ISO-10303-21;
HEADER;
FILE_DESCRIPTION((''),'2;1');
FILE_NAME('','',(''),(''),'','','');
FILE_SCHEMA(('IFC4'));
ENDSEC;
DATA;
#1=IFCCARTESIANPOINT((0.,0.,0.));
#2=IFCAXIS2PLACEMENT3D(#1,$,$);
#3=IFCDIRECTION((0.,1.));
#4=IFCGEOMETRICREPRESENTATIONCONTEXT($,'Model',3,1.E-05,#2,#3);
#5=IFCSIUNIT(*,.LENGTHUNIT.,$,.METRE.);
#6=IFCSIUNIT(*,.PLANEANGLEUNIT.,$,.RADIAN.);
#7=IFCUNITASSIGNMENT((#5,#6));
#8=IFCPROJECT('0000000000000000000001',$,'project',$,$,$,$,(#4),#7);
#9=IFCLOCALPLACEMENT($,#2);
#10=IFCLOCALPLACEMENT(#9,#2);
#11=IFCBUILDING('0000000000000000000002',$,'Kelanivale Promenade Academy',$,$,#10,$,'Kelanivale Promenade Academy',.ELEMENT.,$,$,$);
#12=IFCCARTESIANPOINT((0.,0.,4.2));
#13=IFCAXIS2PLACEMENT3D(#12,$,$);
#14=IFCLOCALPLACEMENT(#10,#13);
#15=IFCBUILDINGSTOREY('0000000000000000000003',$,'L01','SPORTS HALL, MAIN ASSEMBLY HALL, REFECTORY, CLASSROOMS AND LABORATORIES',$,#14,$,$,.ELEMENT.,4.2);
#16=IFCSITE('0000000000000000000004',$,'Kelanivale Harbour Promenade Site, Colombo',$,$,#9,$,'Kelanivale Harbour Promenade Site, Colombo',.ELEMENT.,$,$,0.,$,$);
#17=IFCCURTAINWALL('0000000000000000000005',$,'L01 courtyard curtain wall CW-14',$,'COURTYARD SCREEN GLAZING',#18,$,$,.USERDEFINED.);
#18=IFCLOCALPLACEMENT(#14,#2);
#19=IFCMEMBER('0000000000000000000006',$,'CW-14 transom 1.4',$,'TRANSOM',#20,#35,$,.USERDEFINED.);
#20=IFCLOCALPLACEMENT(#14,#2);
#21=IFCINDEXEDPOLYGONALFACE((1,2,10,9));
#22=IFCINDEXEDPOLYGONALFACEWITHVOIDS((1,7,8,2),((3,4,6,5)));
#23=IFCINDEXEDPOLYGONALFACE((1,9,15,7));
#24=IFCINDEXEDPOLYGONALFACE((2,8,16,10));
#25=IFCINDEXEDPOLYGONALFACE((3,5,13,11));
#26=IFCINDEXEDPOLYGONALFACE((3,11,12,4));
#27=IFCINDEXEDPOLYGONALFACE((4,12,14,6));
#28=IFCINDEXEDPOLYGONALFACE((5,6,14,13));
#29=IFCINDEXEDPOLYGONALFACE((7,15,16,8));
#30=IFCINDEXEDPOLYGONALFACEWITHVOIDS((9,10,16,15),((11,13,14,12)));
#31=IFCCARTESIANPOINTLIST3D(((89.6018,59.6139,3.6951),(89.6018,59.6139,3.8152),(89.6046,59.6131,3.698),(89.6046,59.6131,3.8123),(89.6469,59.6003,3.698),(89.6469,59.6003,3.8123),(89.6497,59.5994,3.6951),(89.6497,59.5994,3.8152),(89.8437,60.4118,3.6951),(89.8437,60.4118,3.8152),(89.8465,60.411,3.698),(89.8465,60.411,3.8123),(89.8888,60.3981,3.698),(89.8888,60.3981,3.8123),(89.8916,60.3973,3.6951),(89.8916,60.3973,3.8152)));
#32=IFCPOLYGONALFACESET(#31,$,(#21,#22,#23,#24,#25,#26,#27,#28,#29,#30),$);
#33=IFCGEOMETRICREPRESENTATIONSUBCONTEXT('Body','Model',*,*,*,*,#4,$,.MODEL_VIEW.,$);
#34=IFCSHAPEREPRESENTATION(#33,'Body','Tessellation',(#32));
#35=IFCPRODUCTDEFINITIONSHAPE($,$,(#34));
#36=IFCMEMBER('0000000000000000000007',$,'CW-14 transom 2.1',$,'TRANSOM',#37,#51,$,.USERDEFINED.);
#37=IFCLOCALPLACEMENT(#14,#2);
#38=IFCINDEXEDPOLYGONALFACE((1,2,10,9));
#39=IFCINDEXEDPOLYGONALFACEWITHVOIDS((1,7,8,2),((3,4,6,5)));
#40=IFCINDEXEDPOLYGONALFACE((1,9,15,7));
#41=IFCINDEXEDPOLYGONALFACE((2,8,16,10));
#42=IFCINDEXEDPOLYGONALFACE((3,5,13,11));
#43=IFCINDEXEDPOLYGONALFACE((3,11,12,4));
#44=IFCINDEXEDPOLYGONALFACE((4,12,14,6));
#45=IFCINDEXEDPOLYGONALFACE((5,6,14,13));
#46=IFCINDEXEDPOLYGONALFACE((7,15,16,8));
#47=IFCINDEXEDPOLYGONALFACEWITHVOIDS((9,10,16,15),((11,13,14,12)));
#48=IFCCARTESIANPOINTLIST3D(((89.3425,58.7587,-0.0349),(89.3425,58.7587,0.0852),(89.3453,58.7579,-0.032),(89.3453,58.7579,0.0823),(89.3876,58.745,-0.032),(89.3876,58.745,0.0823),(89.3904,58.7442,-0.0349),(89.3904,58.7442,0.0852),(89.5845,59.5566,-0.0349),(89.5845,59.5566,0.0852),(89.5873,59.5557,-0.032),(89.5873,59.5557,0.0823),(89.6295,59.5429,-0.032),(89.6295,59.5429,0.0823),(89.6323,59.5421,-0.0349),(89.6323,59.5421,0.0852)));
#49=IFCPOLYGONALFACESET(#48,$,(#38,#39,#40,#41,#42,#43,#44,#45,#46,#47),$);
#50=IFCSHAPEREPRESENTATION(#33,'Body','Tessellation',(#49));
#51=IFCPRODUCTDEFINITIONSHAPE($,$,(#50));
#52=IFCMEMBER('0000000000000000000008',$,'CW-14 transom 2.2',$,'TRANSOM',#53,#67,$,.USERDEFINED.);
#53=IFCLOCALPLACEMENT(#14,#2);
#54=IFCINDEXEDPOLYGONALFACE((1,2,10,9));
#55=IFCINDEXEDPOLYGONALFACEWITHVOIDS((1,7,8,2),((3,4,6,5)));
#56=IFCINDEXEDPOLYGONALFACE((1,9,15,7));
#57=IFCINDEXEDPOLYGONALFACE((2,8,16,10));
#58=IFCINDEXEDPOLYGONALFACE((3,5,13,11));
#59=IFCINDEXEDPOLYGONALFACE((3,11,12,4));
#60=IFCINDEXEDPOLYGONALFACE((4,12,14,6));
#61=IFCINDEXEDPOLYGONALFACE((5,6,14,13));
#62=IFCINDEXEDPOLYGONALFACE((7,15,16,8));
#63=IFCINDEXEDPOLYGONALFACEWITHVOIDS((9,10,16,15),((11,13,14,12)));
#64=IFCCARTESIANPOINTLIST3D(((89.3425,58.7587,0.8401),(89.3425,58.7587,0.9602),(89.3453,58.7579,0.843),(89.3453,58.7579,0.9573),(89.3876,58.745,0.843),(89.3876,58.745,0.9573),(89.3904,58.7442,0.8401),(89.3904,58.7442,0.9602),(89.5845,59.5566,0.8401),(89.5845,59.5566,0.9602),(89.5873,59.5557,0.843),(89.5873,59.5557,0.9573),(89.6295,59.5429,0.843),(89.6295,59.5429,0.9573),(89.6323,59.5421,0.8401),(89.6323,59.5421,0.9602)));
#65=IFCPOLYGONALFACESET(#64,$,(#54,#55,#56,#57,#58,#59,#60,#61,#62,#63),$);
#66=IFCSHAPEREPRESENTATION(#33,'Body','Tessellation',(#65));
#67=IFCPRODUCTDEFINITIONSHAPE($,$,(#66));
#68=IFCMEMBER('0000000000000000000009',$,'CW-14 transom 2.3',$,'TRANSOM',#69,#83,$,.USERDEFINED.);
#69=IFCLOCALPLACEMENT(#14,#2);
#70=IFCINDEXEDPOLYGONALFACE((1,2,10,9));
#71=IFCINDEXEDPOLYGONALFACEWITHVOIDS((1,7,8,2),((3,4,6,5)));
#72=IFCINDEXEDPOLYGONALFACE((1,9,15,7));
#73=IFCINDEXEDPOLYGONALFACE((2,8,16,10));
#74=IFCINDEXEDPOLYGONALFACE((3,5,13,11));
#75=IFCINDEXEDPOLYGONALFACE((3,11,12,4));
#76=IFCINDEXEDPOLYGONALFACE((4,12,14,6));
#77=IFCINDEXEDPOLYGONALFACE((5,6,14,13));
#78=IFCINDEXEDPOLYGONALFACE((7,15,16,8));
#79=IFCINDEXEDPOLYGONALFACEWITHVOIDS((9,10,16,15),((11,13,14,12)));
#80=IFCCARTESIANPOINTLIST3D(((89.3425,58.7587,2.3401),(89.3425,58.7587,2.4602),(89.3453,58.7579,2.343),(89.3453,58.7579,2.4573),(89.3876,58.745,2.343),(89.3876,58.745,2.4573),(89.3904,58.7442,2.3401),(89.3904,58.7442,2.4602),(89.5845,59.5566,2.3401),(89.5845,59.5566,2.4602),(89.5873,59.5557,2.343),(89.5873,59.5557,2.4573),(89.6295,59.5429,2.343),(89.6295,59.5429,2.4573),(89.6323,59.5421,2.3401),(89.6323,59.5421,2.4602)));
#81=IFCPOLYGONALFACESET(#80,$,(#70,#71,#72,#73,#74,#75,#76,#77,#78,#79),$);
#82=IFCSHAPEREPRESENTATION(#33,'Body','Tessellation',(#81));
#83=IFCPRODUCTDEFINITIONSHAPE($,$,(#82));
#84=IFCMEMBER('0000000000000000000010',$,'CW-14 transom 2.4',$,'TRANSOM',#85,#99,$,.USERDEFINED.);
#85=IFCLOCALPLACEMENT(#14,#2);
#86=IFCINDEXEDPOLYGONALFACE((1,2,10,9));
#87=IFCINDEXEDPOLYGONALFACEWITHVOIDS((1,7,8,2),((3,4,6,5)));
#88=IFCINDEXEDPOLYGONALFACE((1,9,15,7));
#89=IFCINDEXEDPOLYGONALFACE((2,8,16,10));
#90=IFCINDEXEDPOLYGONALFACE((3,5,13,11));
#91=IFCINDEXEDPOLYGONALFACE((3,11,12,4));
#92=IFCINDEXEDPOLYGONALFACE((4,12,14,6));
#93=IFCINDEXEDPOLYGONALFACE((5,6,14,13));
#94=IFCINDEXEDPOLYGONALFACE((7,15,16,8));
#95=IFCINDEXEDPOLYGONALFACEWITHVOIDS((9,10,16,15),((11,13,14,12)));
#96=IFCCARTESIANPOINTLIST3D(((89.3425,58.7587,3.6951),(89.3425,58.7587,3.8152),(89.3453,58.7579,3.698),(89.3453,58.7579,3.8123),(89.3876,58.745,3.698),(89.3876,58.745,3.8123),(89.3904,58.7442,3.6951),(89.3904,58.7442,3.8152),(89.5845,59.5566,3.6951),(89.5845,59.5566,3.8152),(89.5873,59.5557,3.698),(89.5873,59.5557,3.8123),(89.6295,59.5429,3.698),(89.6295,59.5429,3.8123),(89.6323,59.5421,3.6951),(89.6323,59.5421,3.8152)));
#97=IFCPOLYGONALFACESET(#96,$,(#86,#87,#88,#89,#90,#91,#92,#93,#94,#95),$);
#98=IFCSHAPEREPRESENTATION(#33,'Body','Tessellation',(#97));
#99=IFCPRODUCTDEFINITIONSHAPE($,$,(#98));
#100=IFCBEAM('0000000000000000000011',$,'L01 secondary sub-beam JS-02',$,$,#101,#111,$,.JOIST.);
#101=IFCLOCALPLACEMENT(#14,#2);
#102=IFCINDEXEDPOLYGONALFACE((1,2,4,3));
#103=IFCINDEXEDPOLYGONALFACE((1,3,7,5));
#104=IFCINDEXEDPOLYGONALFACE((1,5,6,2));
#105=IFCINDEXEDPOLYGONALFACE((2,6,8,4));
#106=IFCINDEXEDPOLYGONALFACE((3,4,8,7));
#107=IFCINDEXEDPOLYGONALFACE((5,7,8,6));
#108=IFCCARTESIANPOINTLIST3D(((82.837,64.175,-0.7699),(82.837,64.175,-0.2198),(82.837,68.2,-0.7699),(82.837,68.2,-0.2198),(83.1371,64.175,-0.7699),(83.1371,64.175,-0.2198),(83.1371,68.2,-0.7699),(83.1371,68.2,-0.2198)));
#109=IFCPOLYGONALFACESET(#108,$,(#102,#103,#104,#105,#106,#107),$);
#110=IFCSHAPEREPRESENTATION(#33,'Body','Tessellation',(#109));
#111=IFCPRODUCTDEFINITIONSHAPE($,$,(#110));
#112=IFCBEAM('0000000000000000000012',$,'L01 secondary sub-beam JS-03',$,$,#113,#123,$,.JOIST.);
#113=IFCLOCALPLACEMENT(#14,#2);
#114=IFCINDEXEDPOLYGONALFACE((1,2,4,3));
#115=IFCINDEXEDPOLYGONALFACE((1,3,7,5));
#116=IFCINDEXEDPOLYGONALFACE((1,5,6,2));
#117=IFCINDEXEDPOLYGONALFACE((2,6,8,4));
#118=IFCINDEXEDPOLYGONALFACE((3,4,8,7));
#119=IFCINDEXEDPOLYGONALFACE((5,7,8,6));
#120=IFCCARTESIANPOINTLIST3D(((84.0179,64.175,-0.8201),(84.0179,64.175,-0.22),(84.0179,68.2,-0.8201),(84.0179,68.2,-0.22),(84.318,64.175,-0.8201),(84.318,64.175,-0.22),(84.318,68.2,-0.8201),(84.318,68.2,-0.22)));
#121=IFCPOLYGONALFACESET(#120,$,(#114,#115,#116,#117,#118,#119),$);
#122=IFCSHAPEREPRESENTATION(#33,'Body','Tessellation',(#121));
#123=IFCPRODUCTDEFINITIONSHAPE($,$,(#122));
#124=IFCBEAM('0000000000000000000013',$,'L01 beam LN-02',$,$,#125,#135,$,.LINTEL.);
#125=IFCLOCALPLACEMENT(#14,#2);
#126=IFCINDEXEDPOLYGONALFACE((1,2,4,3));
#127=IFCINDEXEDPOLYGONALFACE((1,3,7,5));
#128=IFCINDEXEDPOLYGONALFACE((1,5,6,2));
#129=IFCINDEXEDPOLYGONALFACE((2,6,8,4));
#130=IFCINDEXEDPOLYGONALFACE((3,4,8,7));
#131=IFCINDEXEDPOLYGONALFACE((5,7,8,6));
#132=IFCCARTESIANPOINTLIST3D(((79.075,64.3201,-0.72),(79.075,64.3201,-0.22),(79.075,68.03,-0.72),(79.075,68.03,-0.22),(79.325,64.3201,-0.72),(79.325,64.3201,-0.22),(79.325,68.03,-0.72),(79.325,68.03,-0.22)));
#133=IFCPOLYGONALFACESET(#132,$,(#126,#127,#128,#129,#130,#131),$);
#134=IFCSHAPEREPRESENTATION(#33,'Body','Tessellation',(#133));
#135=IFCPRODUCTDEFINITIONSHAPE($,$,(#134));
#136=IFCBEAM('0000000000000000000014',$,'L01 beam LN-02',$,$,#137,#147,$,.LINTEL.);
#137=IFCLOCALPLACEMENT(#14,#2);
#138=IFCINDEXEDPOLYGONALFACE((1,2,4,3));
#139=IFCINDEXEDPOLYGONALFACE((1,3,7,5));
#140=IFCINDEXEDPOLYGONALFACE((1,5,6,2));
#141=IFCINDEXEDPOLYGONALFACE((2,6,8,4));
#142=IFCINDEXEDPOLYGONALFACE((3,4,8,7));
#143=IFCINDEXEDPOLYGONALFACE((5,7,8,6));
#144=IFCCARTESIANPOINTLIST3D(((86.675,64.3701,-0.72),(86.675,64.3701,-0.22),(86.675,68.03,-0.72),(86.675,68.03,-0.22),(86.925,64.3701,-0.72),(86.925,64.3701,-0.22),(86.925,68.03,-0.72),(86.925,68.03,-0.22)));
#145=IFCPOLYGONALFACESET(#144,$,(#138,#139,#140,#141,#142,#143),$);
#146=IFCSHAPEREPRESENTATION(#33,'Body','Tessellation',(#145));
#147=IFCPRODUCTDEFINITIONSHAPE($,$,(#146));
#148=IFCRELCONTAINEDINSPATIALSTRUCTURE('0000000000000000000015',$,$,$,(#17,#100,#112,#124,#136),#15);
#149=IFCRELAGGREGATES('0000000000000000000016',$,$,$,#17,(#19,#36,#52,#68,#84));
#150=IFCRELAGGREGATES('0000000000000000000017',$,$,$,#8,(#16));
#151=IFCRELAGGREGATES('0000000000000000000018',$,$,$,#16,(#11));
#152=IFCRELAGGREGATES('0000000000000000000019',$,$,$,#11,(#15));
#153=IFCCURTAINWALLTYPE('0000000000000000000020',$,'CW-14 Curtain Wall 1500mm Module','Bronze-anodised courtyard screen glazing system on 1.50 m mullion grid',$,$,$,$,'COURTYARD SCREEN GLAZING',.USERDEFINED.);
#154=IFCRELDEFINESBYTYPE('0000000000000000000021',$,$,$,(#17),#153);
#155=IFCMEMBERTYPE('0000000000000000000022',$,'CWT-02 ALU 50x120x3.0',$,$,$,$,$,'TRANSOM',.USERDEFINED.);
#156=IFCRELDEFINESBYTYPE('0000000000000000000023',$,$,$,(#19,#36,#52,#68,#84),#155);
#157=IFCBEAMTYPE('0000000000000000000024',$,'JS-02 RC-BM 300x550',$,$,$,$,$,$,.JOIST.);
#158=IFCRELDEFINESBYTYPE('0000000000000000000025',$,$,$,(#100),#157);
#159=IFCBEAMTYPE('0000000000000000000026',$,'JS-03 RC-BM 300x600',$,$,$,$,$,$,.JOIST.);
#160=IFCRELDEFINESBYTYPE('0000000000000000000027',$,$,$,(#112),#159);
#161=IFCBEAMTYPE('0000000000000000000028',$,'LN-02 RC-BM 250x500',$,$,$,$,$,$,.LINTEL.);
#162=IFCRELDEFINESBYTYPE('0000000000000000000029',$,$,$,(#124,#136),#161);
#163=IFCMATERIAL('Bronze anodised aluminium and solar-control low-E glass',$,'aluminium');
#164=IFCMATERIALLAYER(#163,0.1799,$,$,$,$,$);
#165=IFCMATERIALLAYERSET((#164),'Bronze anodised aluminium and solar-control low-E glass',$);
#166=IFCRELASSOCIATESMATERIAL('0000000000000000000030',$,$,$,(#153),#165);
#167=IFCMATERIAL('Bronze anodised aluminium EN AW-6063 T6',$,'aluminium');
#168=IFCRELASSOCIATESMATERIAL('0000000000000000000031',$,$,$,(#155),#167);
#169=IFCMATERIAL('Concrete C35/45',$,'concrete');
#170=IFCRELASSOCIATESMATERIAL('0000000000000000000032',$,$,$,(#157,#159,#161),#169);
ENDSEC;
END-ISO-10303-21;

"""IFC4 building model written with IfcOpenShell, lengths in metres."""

from ifc_helpers import new_model, si_unit, direction, frame, origin, origin_2d, place, context, subcontext, project, spatial, rectangle, hollow_rectangle, extrude, material, layer, layer_set, material_profile, profile_set, type_object, element, aggregate, save


model = new_model("IFC4")

# Units and contexts
model_context = context("Model", 3, precision=1e-05, world=origin(), true_north=direction((0.0, 1.0)))
body_context = subcontext(model_context, "Body", "Model", "MODEL_VIEW")
ifc_project = project(units=[si_unit("LENGTHUNIT", "METRE"), si_unit("PLANEANGLEUNIT", "RADIAN")], contexts=[model_context])

# Site, building, storey
site_placement = place(None, origin())
site = spatial("IfcSite", under=ifc_project, at=site_placement, Name="Kelanivale Harbour Promenade Site, Colombo", LongName="Kelanivale Harbour Promenade Site, Colombo", CompositionType="ELEMENT", RefElevation=0.0)
building_placement = place(site_placement, origin())
building = spatial("IfcBuilding", under=site, at=building_placement, Name="Kelanivale Promenade Academy", LongName="Kelanivale Promenade Academy", CompositionType="ELEMENT")
storey_placement = place(building_placement, frame((0.0, 0.0, 4.2)))
storey = spatial("IfcBuildingStorey", under=building, at=storey_placement, Name="L01", Description="SPORTS HALL, MAIN ASSEMBLY HALL, REFECTORY, CLASSROOMS AND LABORATORIES", CompositionType="ELEMENT", Elevation=4.2)

# Shared definitions
ifc_material_1 = material(Name="Concrete C35/45", Category="concrete")

# Shared definitions
ifc_material_2 = material(Name="Bronze anodised aluminium and solar-control low-E glass", Category="aluminium")
ifc_material_3 = material(Name="Bronze anodised aluminium EN AW-6063 T6", Category="aluminium")

# Curtain wall, members
ifc_layer_1 = layer(ifc_material_2, 0.1799)
ifc_layer_set_1 = layer_set([ifc_layer_1], Name="Bronze anodised aluminium and solar-control low-E glass")
curtain_wall_type_1 = type_object("IfcCurtainWallType", Name="CW-14 Curtain Wall 1500mm Module", Description="Bronze-anodised courtyard screen glazing system on 1.50 m mullion grid", ElementType="COURTYARD SCREEN GLAZING", PredefinedType="USERDEFINED", material=ifc_layer_set_1)
curtain_wall_1_placement = place(storey_placement, origin())
curtain_wall_1 = element("IfcCurtainWall", 1, at=curtain_wall_1_placement, inside=storey, type_object=curtain_wall_type_1, Name="L01 courtyard curtain wall CW-14", ObjectType="COURTYARD SCREEN GLAZING", PredefinedType="USERDEFINED")
ifc_material_profile_1 = material_profile(ifc_material_3, hollow_rectangle(XDim=0.05, YDim=0.1201, WallThickness=0.0029, at=origin_2d()), Name="ALU 50x120x3.0")
ifc_profile_set_1 = profile_set([ifc_material_profile_1], Name="Bronze anodised aluminium EN AW-6063 T6")
member_type_1 = type_object("IfcMemberType", Name="CWT-02 ALU 50x120x3.0", ElementType="TRANSOM", PredefinedType="USERDEFINED", material=ifc_profile_set_1)
member_1_placement = place(storey_placement, frame((89.8677, 60.4045, 3.7551), z_axis=(-0.290194, -0.956968, 0.0), x_axis=(0.956968, -0.290194, 0.0)))
member_1 = element("IfcMember", 2, at=member_1_placement, type_object=member_type_1, Name="CW-14 transom 1.4", ObjectType="TRANSOM", PredefinedType="USERDEFINED", context=body_context, shape_type="SweptSolid", body=[
    extrude(hollow_rectangle(XDim=0.05, YDim=0.1201, WallThickness=0.0029, at=origin_2d()), origin(), (0.0, 0.0, 1.0), 0.8337),
])
member_2_placement = place(storey_placement, frame((89.6084, 59.5493, 0.0251), z_axis=(-0.290194, -0.956968, 0.0), x_axis=(0.956968, -0.290194, 0.0)))
member_2 = element("IfcMember", 3, at=member_2_placement, type_object=member_type_1, Name="CW-14 transom 2.1", ObjectType="TRANSOM", PredefinedType="USERDEFINED", context=body_context, shape_type="SweptSolid", body=[
    extrude(hollow_rectangle(XDim=0.05, YDim=0.1201, WallThickness=0.0029, at=origin_2d()), origin(), (0.0, 0.0, 1.0), 0.8337),
])
member_3_placement = place(storey_placement, frame((89.6084, 59.5493, 0.9001), z_axis=(-0.290194, -0.956968, 0.0), x_axis=(0.956968, -0.290194, 0.0)))
member_3 = element("IfcMember", 4, at=member_3_placement, type_object=member_type_1, Name="CW-14 transom 2.2", ObjectType="TRANSOM", PredefinedType="USERDEFINED", context=body_context, shape_type="SweptSolid", body=[
    extrude(hollow_rectangle(XDim=0.05, YDim=0.1201, WallThickness=0.0029, at=origin_2d()), origin(), (0.0, 0.0, 1.0), 0.8337),
])
member_4_placement = place(storey_placement, frame((89.6084, 59.5493, 2.4001), z_axis=(-0.290194, -0.956968, 0.0), x_axis=(0.956968, -0.290194, 0.0)))
member_4 = element("IfcMember", 5, at=member_4_placement, type_object=member_type_1, Name="CW-14 transom 2.3", ObjectType="TRANSOM", PredefinedType="USERDEFINED", context=body_context, shape_type="SweptSolid", body=[
    extrude(hollow_rectangle(XDim=0.05, YDim=0.1201, WallThickness=0.0029, at=origin_2d()), origin(), (0.0, 0.0, 1.0), 0.8337),
])
member_5_placement = place(storey_placement, frame((89.6084, 59.5493, 3.7551), z_axis=(-0.290194, -0.956968, 0.0), x_axis=(0.956968, -0.290194, 0.0)))
member_5 = element("IfcMember", 6, at=member_5_placement, type_object=member_type_1, Name="CW-14 transom 2.4", ObjectType="TRANSOM", PredefinedType="USERDEFINED", context=body_context, shape_type="SweptSolid", body=[
    extrude(hollow_rectangle(XDim=0.05, YDim=0.1201, WallThickness=0.0029, at=origin_2d()), origin(), (0.0, 0.0, 1.0), 0.8337),
])

# Beams
ifc_material_profile_2 = material_profile(ifc_material_1, rectangle(XDim=0.3, YDim=0.55, at=origin_2d()), Name="RC-BM 300x550")
ifc_profile_set_2 = profile_set([ifc_material_profile_2], Name="Concrete C35/45")
beam_type_1 = type_object("IfcBeamType", Name="JS-02 RC-BM 300x550", PredefinedType="JOIST", material=ifc_profile_set_2)
beam_1_placement = place(storey_placement, frame((82.9871, 64.175, -0.4949), z_axis=(0.0, 1.0, 0.0), x_axis=(-1.0, 0.0, 0.0)))
element("IfcBeam", 7, at=beam_1_placement, inside=storey, type_object=beam_type_1, Name="L01 secondary sub-beam JS-02", PredefinedType="JOIST", context=body_context, shape_type="SweptSolid", body=[
    extrude(rectangle(XDim=0.3, YDim=0.55, at=origin_2d()), origin(), (0.0, 0.0, 1.0), 4.0249),
])
ifc_material_profile_3 = material_profile(ifc_material_1, rectangle(XDim=0.3, YDim=0.6001, at=origin_2d()), Name="RC-BM 300x600")
ifc_profile_set_3 = profile_set([ifc_material_profile_3], Name="Concrete C35/45")
beam_type_2 = type_object("IfcBeamType", Name="JS-03 RC-BM 300x600", PredefinedType="JOIST", material=ifc_profile_set_3)
beam_2_placement = place(storey_placement, frame((84.168, 64.175, -0.52), z_axis=(0.0, 1.0, 0.0), x_axis=(-1.0, 0.0, 0.0)))
element("IfcBeam", 8, at=beam_2_placement, inside=storey, type_object=beam_type_2, Name="L01 secondary sub-beam JS-03", PredefinedType="JOIST", context=body_context, shape_type="SweptSolid", body=[
    extrude(rectangle(XDim=0.3, YDim=0.6001, at=origin_2d()), origin(), (0.0, 0.0, 1.0), 4.0249),
])
ifc_material_profile_4 = material_profile(ifc_material_1, rectangle(XDim=0.25, YDim=0.5, at=origin_2d()), Name="RC-BM 250x500")
ifc_profile_set_4 = profile_set([ifc_material_profile_4], Name="Concrete C35/45")
beam_type_3 = type_object("IfcBeamType", Name="LN-02 RC-BM 250x500", PredefinedType="LINTEL", material=ifc_profile_set_4)
beam_3_placement = place(storey_placement, frame((79.2, 64.3201, -0.47), z_axis=(0.0, 1.0, 0.0), x_axis=(-1.0, 0.0, 0.0)))
element("IfcBeam", 9, at=beam_3_placement, inside=storey, type_object=beam_type_3, Name="L01 beam LN-02", PredefinedType="LINTEL", context=body_context, shape_type="SweptSolid", body=[
    extrude(rectangle(XDim=0.25, YDim=0.5, at=origin_2d()), origin(), (0.0, 0.0, 1.0), 3.71),
])
beam_4_placement = place(storey_placement, frame((86.8, 64.3701, -0.47), z_axis=(0.0, 1.0, 0.0), x_axis=(-1.0, 0.0, 0.0)))
element("IfcBeam", 10, at=beam_4_placement, inside=storey, type_object=beam_type_3, Name="L01 beam LN-02", PredefinedType="LINTEL", context=body_context, shape_type="SweptSolid", body=[
    extrude(rectangle(XDim=0.25, YDim=0.5, at=origin_2d()), origin(), (0.0, 0.0, 1.0), 3.6599),
])

aggregate(curtain_wall_1, [member_1, member_2, member_3, member_4, member_5])

save(model, "model.ifc")
